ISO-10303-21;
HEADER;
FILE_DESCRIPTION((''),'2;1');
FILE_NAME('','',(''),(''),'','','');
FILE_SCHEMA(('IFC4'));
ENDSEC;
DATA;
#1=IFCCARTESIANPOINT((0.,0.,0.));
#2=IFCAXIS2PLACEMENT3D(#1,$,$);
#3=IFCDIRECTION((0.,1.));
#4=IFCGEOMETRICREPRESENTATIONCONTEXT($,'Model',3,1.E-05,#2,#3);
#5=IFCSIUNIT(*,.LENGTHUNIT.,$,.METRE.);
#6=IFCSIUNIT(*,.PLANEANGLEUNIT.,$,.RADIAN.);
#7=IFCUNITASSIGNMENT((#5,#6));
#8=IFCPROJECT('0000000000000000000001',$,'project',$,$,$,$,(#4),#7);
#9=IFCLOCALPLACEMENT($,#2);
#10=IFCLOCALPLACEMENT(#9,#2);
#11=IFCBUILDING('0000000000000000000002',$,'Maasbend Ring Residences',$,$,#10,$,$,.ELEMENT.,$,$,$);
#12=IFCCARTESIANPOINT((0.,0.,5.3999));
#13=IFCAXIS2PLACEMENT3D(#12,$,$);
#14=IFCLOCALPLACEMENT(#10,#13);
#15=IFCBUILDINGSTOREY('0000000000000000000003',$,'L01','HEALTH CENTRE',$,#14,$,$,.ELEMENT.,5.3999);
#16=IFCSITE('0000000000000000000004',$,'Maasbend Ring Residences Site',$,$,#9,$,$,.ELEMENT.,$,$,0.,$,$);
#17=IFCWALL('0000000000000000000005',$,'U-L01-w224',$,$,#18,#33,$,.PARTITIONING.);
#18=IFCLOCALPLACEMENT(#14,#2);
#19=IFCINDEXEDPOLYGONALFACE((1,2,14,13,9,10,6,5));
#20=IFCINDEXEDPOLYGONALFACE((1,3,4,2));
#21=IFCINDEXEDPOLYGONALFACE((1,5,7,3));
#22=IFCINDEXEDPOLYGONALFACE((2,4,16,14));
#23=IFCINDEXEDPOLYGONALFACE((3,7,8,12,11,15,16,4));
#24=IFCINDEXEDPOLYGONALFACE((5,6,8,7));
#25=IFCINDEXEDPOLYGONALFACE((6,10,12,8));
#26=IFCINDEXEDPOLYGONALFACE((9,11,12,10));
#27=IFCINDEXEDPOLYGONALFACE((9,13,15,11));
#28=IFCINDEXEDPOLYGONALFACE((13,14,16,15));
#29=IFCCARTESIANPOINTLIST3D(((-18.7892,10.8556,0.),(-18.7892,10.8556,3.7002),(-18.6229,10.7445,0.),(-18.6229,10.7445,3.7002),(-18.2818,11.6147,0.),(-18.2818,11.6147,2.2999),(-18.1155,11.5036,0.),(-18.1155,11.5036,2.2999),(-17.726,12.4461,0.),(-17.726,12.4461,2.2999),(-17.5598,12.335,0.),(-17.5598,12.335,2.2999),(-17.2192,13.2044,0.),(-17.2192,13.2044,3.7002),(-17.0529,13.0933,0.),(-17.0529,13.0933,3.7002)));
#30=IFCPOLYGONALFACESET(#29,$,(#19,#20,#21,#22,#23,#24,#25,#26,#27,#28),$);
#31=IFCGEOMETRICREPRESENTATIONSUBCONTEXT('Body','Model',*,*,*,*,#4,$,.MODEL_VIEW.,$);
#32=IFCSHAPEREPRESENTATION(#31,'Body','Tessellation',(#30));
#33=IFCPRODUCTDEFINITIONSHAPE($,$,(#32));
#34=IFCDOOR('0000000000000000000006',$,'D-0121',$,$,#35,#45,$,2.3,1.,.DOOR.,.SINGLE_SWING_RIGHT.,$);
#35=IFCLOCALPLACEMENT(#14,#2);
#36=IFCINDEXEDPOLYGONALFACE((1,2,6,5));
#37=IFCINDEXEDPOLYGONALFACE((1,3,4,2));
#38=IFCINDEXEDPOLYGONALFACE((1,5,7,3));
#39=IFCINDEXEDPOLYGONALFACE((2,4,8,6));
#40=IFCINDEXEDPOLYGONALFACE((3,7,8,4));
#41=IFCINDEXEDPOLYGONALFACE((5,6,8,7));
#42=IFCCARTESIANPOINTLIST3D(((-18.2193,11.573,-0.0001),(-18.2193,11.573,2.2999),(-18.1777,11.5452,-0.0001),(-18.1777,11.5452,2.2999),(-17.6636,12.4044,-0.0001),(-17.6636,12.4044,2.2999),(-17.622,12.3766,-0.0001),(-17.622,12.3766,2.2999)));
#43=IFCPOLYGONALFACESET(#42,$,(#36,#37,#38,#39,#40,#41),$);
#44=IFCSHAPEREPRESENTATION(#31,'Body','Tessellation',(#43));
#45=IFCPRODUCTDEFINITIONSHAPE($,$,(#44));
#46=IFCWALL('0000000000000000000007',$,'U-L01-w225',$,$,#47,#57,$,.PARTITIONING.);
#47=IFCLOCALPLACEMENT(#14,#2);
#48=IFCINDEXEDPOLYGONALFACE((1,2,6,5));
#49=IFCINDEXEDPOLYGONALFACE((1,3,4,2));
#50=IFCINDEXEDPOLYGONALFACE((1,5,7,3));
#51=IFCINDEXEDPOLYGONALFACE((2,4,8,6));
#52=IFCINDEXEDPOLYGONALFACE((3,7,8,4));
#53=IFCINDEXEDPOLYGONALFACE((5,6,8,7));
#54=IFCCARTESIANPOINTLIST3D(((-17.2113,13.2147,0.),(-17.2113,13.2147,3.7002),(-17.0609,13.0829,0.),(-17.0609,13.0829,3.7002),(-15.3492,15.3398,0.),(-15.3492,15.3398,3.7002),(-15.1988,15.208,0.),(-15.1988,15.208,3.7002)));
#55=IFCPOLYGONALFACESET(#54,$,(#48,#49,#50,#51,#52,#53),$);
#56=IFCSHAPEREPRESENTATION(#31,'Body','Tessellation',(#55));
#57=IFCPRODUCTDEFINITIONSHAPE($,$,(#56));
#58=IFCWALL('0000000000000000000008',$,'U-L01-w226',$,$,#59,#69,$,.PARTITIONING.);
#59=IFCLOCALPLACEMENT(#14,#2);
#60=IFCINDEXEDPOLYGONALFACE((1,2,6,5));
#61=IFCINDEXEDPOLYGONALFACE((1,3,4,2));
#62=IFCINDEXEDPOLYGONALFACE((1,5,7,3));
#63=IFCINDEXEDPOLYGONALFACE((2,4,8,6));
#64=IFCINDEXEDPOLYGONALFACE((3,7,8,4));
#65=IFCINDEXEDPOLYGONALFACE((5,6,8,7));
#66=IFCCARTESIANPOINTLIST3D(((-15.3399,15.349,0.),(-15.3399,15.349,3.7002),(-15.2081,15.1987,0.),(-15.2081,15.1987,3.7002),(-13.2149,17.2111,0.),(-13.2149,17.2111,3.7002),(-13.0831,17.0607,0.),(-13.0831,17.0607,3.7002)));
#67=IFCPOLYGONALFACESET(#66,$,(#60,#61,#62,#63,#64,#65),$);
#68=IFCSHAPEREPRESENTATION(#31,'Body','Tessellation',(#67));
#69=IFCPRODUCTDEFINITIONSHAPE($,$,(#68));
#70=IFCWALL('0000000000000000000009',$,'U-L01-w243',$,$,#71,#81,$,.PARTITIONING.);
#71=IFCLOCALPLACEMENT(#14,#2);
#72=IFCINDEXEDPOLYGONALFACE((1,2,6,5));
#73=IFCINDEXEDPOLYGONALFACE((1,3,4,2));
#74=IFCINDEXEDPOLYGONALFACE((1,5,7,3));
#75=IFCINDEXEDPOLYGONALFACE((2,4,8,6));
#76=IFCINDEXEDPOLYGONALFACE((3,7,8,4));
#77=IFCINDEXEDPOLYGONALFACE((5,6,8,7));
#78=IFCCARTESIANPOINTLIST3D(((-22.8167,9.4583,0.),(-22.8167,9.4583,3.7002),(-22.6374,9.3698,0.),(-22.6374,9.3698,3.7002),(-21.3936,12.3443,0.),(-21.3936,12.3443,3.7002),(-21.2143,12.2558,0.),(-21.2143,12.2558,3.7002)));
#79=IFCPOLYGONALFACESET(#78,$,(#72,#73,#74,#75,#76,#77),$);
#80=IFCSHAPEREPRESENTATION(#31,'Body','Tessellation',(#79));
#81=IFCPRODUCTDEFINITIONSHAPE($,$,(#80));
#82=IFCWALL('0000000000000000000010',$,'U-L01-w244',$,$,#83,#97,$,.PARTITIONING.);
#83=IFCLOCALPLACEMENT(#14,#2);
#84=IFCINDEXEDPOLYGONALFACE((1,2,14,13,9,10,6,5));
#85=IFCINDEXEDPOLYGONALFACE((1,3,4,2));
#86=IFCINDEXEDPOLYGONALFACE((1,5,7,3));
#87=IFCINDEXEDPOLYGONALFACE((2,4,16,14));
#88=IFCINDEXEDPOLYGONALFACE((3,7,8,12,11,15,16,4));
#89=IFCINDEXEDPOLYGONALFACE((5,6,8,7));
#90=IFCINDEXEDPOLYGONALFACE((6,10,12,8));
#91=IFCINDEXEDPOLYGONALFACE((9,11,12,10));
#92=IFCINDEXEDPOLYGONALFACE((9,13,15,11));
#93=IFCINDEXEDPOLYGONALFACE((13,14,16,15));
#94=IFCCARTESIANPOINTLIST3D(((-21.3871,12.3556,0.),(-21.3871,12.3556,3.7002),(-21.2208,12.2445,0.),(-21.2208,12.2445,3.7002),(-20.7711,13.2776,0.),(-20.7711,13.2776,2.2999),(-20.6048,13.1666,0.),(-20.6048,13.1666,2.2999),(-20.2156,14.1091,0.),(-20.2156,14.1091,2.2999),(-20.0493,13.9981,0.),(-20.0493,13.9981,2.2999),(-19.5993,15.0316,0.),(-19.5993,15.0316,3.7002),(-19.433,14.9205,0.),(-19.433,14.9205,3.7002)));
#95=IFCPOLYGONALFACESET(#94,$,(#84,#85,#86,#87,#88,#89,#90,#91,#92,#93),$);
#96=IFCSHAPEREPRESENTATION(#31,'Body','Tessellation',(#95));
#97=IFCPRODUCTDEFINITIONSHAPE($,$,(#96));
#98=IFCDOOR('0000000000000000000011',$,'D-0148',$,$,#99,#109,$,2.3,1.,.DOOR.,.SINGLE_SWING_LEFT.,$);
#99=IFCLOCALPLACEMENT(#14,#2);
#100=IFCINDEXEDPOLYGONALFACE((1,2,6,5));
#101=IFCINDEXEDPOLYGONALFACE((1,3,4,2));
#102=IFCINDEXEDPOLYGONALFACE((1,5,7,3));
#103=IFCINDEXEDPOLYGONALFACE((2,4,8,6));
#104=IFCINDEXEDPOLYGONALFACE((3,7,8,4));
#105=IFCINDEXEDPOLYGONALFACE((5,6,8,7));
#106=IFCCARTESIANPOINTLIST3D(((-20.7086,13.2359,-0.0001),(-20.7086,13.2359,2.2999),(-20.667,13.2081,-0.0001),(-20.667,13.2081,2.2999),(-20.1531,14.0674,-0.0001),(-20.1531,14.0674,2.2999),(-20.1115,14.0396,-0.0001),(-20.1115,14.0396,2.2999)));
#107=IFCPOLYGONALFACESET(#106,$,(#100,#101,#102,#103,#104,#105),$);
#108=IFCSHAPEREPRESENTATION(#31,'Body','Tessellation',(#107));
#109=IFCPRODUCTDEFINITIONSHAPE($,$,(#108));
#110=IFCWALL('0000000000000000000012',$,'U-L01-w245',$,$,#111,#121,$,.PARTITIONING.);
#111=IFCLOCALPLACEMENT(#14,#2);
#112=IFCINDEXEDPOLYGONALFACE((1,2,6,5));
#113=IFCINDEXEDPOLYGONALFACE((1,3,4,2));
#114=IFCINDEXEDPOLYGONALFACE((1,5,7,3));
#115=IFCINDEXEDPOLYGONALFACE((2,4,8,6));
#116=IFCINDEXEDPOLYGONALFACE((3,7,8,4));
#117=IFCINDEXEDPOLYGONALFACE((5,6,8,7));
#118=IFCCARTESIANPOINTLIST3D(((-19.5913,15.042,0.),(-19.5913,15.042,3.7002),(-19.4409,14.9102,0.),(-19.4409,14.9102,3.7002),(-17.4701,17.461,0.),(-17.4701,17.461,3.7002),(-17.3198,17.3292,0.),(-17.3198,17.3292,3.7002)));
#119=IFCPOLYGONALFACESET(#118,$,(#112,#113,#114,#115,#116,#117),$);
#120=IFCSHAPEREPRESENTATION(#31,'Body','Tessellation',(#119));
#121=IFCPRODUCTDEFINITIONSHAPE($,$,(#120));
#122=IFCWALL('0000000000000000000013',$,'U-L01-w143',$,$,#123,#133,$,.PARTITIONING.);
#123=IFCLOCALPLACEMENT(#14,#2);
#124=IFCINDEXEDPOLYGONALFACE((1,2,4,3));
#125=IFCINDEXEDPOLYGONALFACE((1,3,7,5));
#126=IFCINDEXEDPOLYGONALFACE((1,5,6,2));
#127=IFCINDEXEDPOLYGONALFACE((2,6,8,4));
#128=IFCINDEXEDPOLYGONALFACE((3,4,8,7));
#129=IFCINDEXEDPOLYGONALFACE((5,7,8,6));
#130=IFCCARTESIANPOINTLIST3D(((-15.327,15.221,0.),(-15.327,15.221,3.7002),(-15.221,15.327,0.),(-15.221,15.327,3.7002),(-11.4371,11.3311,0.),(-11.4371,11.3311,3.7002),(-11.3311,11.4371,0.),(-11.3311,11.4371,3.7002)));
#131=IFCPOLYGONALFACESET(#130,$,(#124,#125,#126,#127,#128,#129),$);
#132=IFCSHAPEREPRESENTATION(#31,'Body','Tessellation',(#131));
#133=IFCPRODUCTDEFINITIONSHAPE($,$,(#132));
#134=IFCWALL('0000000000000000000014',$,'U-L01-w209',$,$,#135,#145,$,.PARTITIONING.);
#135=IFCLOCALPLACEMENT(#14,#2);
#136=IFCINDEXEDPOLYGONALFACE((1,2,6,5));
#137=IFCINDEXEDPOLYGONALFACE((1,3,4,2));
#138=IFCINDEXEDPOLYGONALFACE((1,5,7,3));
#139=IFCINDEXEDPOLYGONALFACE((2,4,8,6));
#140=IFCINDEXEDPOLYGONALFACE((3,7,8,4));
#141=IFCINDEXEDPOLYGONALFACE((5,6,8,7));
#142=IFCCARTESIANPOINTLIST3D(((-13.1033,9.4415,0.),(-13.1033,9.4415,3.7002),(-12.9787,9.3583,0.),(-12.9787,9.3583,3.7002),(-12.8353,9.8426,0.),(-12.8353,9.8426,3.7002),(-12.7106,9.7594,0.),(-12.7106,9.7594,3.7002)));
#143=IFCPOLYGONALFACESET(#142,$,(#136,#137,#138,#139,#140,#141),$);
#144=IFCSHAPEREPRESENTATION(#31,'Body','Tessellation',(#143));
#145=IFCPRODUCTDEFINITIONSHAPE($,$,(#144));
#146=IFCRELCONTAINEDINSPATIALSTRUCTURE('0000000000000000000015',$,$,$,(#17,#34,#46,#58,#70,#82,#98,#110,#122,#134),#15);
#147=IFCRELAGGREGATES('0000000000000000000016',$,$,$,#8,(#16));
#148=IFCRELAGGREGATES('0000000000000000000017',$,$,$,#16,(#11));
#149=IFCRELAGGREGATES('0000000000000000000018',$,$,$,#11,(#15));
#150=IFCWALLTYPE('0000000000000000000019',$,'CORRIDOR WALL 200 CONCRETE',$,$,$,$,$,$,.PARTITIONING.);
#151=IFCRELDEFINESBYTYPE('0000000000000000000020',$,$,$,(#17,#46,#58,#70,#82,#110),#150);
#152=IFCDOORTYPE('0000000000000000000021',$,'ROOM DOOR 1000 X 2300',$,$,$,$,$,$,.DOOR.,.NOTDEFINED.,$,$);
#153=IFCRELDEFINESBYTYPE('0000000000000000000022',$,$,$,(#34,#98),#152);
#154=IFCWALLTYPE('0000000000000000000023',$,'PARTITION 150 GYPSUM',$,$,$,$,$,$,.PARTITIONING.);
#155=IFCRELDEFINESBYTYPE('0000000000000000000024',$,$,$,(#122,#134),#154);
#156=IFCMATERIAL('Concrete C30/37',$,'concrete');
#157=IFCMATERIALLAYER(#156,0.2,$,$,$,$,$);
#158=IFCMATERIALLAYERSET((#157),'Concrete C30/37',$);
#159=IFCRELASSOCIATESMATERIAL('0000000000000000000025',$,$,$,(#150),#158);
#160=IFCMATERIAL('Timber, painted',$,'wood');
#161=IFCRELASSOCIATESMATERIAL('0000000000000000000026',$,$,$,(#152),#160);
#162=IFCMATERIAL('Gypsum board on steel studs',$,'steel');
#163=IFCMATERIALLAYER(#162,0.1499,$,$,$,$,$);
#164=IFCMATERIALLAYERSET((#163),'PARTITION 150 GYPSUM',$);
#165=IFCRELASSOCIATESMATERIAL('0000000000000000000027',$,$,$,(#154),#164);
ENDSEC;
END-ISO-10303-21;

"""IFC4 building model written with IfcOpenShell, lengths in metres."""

from ifc_helpers import new_model, si_unit, direction, frame, frame_2d, origin, place, context, subcontext, project, spatial, rectangle, extrude, material, layer, layer_set, type_object, element, fill, save


model = new_model("IFC4")

# Units and contexts
model_context = context("Model", 3, precision=1e-05, world=origin(), true_north=direction((0.0, 1.0)))
body_context = subcontext(model_context, "Body", "Model", "MODEL_VIEW")
ifc_project = project(units=[si_unit("LENGTHUNIT", "METRE"), si_unit("PLANEANGLEUNIT", "RADIAN")], contexts=[model_context])

# Site, building, storey
site_placement = place(None, origin())
site = spatial("IfcSite", under=ifc_project, at=site_placement, Name="Maasbend Ring Residences Site", CompositionType="ELEMENT", RefElevation=0.0)
building_placement = place(site_placement, origin())
building = spatial("IfcBuilding", under=site, at=building_placement, Name="Maasbend Ring Residences", CompositionType="ELEMENT")
storey_placement = place(building_placement, frame((0.0, 0.0, 5.3999)))
storey = spatial("IfcBuildingStorey", under=building, at=storey_placement, Name="L01", Description="HEALTH CENTRE", CompositionType="ELEMENT", Elevation=5.3999)

# Wall, opening, door
ifc_material_1 = material(Name="Concrete C30/37", Category="concrete")
ifc_layer_1 = layer(ifc_material_1, 0.2)
ifc_layer_set_1 = layer_set([ifc_layer_1], Name="Concrete C30/37")
wall_type_1 = type_object("IfcWallType", Name="CORRIDOR WALL 200 CONCRETE", PredefinedType="PARTITIONING", material=ifc_layer_set_1)
wall_1_placement = place(storey_placement, frame((-18.7061, 10.8, 0.0), z_axis=(0.0, 0.0, 1.0), x_axis=(0.555717, 0.831372, 0.0)))
wall_1 = element("IfcWall", 1, at=wall_1_placement, inside=storey, type_object=wall_type_1, Name="U-L01-w224", PredefinedType="PARTITIONING", context=body_context, shape_type="SweptSolid", body=[
    extrude(rectangle(XDim=2.8252, YDim=0.2, at=frame_2d((1.4126, 0.0))), origin(), (0.0, 0.0, 1.0), 3.7002),
])
opening_1_placement = place(wall_1_placement, frame((0.9131, 0.0, 0.0)))
opening_1 = element("IfcOpeningElement", 2, at=opening_1_placement, cuts=wall_1, PredefinedType="OPENING", context=body_context, shape_type="SweptSolid", body=[
    extrude(rectangle(XDim=1.0, YDim=2.3, at=frame_2d((0.5, 1.1499))), frame((0.0, 0.1099, 0.0), z_axis=(0.0, -1.0, 0.0), x_axis=(1.0, 0.0, 0.0)), (0.0, 0.0, 1.0), 0.22),
])
ifc_material_2 = material(Name="Timber, painted", Category="wood")
door_type = type_object("IfcDoorType", Name="ROOM DOOR 1000 X 2300", OperationType="NOTDEFINED", PredefinedType="DOOR", material=ifc_material_2)
door_1_placement = place(opening_1_placement, origin())
door_1 = element("IfcDoor", 3, at=door_1_placement, inside=storey, type_object=door_type, Name="D-0121", OperationType="SINGLE_SWING_RIGHT", OverallHeight=2.3, OverallWidth=1.0, PredefinedType="DOOR", context=body_context, shape_type="SweptSolid", body=[
    extrude(rectangle(XDim=1.0, YDim=2.3, at=frame_2d((0.5, 1.1499))), frame((0.0, 0.0249, 0.0), z_axis=(0.0, -1.0, 0.0), x_axis=(1.0, 0.0, 0.0)), (0.0, 0.0, 1.0), 0.05),
])
fill(opening_1, door_1)

# Walls
for number, where, z_axis, x_axis, name in (
    (4, (-17.136, 13.1489, 0.0), (0.0, 0.0, 1.0), (0.659043, 0.752105, 0.0), "U-L01-w225"),
    (5, (-15.2739, 15.2739, 0.0), (0.0, 0.0, 1.0), (0.752105, 0.659043, 0.0), "U-L01-w226"),
):
    element("IfcWall", number, at=place(storey_placement, frame(where, z_axis=z_axis, x_axis=x_axis)), inside=storey, type_object=wall_type_1, Name=name, PredefinedType="PARTITIONING", context=body_context, shape_type="SweptSolid", body=[
        extrude(rectangle(XDim=2.8254, YDim=0.2, at=frame_2d((1.4126, 0.0))), origin(), (0.0, 0.0, 1.0), 3.7002),
    ])
wall_2_placement = place(storey_placement, frame((-22.7271, 9.4141, 0.0), z_axis=(0.0, 0.0, 1.0), x_axis=(0.44226, 0.896887, 0.0)))
element("IfcWall", 6, at=wall_2_placement, inside=storey, type_object=wall_type_1, Name="U-L01-w243", PredefinedType="PARTITIONING", context=body_context, shape_type="SweptSolid", body=[
    extrude(rectangle(XDim=3.2178, YDim=0.2, at=frame_2d((1.6089, 0.0))), origin(), (0.0, 0.0, 1.0), 3.7002),
])

# Wall, opening, door
wall_3_placement = place(storey_placement, frame((-21.304, 12.3, 0.0), z_axis=(0.0, 0.0, 1.0), x_axis=(0.555523, 0.831501, 0.0)))
wall_3 = element("IfcWall", 7, at=wall_3_placement, inside=storey, type_object=wall_type_1, Name="U-L01-w244", PredefinedType="PARTITIONING", context=body_context, shape_type="SweptSolid", body=[
    extrude(rectangle(XDim=3.2183, YDim=0.2, at=frame_2d((1.6091, 0.0))), origin(), (0.0, 0.0, 1.0), 3.7002),
])
opening_2_placement = place(wall_3_placement, frame((1.1089, 0.0, 0.0)))
opening_2 = element("IfcOpeningElement", 8, at=opening_2_placement, cuts=wall_3, PredefinedType="OPENING", context=body_context, shape_type="SweptSolid", body=[
    extrude(rectangle(XDim=1.0, YDim=2.3, at=frame_2d((0.5, 1.1499))), frame((0.0, 0.1099, 0.0), z_axis=(0.0, -1.0, 0.0), x_axis=(1.0, 0.0, 0.0)), (0.0, 0.0, 1.0), 0.22),
])
door_2_placement = place(opening_2_placement, origin())
door_2 = element("IfcDoor", 9, at=door_2_placement, inside=storey, type_object=door_type, Name="D-0148", OperationType="SINGLE_SWING_LEFT", OverallHeight=2.3, OverallWidth=1.0, PredefinedType="DOOR", context=body_context, shape_type="SweptSolid", body=[
    extrude(rectangle(XDim=1.0, YDim=2.3, at=frame_2d((0.5, 1.1499))), frame((0.0, 0.0249, 0.0), z_axis=(0.0, -1.0, 0.0), x_axis=(1.0, 0.0, 0.0)), (0.0, 0.0, 1.0), 0.05),
])
fill(opening_2, door_2)

# Walls
wall_4_placement = place(storey_placement, frame((-19.5161, 14.9761, 0.0), z_axis=(0.0, 0.0, 1.0), x_axis=(0.659299, 0.751881, 0.0)))
element("IfcWall", 10, at=wall_4_placement, inside=storey, type_object=wall_type_1, Name="U-L01-w245", PredefinedType="PARTITIONING", context=body_context, shape_type="SweptSolid", body=[
    extrude(rectangle(XDim=3.2173, YDim=0.2, at=frame_2d((1.6086, 0.0))), origin(), (0.0, 0.0, 1.0), 3.7002),
])
ifc_material_3 = material(Name="Gypsum board on steel studs", Category="steel")
ifc_layer_2 = layer(ifc_material_3, 0.1499)
ifc_layer_set_2 = layer_set([ifc_layer_2], Name="PARTITION 150 GYPSUM")
wall_type_2 = type_object("IfcWallType", Name="PARTITION 150 GYPSUM", PredefinedType="PARTITIONING", material=ifc_layer_set_2)
wall_5_placement = place(storey_placement, frame((-15.2739, 15.2739, 0.0), z_axis=(0.0, 0.0, 1.0), x_axis=(0.707107, -0.707107, 0.0)))
element("IfcWall", 11, at=wall_5_placement, inside=storey, type_object=wall_type_2, Name="U-L01-w143", PredefinedType="PARTITIONING", context=body_context, shape_type="SweptSolid", body=[
    extrude(rectangle(XDim=5.5012, YDim=0.1499, at=frame_2d((2.7505, 0.0))), origin(), (0.0, 0.0, 1.0), 3.7002),
])
wall_6_placement = place(storey_placement, frame((-13.041, 9.3999, 0.0), z_axis=(0.0, 0.0, 1.0), x_axis=(0.555634, 0.831427, 0.0)))
element("IfcWall", 12, at=wall_6_placement, inside=storey, type_object=wall_type_2, Name="U-L01-w209", PredefinedType="PARTITIONING", context=body_context, shape_type="SweptSolid", body=[
    extrude(rectangle(XDim=0.4824, YDim=0.1499, at=frame_2d((0.2412, 0.0))), origin(), (0.0, 0.0, 1.0), 3.7002),
])

save(model, "model.ifc")
